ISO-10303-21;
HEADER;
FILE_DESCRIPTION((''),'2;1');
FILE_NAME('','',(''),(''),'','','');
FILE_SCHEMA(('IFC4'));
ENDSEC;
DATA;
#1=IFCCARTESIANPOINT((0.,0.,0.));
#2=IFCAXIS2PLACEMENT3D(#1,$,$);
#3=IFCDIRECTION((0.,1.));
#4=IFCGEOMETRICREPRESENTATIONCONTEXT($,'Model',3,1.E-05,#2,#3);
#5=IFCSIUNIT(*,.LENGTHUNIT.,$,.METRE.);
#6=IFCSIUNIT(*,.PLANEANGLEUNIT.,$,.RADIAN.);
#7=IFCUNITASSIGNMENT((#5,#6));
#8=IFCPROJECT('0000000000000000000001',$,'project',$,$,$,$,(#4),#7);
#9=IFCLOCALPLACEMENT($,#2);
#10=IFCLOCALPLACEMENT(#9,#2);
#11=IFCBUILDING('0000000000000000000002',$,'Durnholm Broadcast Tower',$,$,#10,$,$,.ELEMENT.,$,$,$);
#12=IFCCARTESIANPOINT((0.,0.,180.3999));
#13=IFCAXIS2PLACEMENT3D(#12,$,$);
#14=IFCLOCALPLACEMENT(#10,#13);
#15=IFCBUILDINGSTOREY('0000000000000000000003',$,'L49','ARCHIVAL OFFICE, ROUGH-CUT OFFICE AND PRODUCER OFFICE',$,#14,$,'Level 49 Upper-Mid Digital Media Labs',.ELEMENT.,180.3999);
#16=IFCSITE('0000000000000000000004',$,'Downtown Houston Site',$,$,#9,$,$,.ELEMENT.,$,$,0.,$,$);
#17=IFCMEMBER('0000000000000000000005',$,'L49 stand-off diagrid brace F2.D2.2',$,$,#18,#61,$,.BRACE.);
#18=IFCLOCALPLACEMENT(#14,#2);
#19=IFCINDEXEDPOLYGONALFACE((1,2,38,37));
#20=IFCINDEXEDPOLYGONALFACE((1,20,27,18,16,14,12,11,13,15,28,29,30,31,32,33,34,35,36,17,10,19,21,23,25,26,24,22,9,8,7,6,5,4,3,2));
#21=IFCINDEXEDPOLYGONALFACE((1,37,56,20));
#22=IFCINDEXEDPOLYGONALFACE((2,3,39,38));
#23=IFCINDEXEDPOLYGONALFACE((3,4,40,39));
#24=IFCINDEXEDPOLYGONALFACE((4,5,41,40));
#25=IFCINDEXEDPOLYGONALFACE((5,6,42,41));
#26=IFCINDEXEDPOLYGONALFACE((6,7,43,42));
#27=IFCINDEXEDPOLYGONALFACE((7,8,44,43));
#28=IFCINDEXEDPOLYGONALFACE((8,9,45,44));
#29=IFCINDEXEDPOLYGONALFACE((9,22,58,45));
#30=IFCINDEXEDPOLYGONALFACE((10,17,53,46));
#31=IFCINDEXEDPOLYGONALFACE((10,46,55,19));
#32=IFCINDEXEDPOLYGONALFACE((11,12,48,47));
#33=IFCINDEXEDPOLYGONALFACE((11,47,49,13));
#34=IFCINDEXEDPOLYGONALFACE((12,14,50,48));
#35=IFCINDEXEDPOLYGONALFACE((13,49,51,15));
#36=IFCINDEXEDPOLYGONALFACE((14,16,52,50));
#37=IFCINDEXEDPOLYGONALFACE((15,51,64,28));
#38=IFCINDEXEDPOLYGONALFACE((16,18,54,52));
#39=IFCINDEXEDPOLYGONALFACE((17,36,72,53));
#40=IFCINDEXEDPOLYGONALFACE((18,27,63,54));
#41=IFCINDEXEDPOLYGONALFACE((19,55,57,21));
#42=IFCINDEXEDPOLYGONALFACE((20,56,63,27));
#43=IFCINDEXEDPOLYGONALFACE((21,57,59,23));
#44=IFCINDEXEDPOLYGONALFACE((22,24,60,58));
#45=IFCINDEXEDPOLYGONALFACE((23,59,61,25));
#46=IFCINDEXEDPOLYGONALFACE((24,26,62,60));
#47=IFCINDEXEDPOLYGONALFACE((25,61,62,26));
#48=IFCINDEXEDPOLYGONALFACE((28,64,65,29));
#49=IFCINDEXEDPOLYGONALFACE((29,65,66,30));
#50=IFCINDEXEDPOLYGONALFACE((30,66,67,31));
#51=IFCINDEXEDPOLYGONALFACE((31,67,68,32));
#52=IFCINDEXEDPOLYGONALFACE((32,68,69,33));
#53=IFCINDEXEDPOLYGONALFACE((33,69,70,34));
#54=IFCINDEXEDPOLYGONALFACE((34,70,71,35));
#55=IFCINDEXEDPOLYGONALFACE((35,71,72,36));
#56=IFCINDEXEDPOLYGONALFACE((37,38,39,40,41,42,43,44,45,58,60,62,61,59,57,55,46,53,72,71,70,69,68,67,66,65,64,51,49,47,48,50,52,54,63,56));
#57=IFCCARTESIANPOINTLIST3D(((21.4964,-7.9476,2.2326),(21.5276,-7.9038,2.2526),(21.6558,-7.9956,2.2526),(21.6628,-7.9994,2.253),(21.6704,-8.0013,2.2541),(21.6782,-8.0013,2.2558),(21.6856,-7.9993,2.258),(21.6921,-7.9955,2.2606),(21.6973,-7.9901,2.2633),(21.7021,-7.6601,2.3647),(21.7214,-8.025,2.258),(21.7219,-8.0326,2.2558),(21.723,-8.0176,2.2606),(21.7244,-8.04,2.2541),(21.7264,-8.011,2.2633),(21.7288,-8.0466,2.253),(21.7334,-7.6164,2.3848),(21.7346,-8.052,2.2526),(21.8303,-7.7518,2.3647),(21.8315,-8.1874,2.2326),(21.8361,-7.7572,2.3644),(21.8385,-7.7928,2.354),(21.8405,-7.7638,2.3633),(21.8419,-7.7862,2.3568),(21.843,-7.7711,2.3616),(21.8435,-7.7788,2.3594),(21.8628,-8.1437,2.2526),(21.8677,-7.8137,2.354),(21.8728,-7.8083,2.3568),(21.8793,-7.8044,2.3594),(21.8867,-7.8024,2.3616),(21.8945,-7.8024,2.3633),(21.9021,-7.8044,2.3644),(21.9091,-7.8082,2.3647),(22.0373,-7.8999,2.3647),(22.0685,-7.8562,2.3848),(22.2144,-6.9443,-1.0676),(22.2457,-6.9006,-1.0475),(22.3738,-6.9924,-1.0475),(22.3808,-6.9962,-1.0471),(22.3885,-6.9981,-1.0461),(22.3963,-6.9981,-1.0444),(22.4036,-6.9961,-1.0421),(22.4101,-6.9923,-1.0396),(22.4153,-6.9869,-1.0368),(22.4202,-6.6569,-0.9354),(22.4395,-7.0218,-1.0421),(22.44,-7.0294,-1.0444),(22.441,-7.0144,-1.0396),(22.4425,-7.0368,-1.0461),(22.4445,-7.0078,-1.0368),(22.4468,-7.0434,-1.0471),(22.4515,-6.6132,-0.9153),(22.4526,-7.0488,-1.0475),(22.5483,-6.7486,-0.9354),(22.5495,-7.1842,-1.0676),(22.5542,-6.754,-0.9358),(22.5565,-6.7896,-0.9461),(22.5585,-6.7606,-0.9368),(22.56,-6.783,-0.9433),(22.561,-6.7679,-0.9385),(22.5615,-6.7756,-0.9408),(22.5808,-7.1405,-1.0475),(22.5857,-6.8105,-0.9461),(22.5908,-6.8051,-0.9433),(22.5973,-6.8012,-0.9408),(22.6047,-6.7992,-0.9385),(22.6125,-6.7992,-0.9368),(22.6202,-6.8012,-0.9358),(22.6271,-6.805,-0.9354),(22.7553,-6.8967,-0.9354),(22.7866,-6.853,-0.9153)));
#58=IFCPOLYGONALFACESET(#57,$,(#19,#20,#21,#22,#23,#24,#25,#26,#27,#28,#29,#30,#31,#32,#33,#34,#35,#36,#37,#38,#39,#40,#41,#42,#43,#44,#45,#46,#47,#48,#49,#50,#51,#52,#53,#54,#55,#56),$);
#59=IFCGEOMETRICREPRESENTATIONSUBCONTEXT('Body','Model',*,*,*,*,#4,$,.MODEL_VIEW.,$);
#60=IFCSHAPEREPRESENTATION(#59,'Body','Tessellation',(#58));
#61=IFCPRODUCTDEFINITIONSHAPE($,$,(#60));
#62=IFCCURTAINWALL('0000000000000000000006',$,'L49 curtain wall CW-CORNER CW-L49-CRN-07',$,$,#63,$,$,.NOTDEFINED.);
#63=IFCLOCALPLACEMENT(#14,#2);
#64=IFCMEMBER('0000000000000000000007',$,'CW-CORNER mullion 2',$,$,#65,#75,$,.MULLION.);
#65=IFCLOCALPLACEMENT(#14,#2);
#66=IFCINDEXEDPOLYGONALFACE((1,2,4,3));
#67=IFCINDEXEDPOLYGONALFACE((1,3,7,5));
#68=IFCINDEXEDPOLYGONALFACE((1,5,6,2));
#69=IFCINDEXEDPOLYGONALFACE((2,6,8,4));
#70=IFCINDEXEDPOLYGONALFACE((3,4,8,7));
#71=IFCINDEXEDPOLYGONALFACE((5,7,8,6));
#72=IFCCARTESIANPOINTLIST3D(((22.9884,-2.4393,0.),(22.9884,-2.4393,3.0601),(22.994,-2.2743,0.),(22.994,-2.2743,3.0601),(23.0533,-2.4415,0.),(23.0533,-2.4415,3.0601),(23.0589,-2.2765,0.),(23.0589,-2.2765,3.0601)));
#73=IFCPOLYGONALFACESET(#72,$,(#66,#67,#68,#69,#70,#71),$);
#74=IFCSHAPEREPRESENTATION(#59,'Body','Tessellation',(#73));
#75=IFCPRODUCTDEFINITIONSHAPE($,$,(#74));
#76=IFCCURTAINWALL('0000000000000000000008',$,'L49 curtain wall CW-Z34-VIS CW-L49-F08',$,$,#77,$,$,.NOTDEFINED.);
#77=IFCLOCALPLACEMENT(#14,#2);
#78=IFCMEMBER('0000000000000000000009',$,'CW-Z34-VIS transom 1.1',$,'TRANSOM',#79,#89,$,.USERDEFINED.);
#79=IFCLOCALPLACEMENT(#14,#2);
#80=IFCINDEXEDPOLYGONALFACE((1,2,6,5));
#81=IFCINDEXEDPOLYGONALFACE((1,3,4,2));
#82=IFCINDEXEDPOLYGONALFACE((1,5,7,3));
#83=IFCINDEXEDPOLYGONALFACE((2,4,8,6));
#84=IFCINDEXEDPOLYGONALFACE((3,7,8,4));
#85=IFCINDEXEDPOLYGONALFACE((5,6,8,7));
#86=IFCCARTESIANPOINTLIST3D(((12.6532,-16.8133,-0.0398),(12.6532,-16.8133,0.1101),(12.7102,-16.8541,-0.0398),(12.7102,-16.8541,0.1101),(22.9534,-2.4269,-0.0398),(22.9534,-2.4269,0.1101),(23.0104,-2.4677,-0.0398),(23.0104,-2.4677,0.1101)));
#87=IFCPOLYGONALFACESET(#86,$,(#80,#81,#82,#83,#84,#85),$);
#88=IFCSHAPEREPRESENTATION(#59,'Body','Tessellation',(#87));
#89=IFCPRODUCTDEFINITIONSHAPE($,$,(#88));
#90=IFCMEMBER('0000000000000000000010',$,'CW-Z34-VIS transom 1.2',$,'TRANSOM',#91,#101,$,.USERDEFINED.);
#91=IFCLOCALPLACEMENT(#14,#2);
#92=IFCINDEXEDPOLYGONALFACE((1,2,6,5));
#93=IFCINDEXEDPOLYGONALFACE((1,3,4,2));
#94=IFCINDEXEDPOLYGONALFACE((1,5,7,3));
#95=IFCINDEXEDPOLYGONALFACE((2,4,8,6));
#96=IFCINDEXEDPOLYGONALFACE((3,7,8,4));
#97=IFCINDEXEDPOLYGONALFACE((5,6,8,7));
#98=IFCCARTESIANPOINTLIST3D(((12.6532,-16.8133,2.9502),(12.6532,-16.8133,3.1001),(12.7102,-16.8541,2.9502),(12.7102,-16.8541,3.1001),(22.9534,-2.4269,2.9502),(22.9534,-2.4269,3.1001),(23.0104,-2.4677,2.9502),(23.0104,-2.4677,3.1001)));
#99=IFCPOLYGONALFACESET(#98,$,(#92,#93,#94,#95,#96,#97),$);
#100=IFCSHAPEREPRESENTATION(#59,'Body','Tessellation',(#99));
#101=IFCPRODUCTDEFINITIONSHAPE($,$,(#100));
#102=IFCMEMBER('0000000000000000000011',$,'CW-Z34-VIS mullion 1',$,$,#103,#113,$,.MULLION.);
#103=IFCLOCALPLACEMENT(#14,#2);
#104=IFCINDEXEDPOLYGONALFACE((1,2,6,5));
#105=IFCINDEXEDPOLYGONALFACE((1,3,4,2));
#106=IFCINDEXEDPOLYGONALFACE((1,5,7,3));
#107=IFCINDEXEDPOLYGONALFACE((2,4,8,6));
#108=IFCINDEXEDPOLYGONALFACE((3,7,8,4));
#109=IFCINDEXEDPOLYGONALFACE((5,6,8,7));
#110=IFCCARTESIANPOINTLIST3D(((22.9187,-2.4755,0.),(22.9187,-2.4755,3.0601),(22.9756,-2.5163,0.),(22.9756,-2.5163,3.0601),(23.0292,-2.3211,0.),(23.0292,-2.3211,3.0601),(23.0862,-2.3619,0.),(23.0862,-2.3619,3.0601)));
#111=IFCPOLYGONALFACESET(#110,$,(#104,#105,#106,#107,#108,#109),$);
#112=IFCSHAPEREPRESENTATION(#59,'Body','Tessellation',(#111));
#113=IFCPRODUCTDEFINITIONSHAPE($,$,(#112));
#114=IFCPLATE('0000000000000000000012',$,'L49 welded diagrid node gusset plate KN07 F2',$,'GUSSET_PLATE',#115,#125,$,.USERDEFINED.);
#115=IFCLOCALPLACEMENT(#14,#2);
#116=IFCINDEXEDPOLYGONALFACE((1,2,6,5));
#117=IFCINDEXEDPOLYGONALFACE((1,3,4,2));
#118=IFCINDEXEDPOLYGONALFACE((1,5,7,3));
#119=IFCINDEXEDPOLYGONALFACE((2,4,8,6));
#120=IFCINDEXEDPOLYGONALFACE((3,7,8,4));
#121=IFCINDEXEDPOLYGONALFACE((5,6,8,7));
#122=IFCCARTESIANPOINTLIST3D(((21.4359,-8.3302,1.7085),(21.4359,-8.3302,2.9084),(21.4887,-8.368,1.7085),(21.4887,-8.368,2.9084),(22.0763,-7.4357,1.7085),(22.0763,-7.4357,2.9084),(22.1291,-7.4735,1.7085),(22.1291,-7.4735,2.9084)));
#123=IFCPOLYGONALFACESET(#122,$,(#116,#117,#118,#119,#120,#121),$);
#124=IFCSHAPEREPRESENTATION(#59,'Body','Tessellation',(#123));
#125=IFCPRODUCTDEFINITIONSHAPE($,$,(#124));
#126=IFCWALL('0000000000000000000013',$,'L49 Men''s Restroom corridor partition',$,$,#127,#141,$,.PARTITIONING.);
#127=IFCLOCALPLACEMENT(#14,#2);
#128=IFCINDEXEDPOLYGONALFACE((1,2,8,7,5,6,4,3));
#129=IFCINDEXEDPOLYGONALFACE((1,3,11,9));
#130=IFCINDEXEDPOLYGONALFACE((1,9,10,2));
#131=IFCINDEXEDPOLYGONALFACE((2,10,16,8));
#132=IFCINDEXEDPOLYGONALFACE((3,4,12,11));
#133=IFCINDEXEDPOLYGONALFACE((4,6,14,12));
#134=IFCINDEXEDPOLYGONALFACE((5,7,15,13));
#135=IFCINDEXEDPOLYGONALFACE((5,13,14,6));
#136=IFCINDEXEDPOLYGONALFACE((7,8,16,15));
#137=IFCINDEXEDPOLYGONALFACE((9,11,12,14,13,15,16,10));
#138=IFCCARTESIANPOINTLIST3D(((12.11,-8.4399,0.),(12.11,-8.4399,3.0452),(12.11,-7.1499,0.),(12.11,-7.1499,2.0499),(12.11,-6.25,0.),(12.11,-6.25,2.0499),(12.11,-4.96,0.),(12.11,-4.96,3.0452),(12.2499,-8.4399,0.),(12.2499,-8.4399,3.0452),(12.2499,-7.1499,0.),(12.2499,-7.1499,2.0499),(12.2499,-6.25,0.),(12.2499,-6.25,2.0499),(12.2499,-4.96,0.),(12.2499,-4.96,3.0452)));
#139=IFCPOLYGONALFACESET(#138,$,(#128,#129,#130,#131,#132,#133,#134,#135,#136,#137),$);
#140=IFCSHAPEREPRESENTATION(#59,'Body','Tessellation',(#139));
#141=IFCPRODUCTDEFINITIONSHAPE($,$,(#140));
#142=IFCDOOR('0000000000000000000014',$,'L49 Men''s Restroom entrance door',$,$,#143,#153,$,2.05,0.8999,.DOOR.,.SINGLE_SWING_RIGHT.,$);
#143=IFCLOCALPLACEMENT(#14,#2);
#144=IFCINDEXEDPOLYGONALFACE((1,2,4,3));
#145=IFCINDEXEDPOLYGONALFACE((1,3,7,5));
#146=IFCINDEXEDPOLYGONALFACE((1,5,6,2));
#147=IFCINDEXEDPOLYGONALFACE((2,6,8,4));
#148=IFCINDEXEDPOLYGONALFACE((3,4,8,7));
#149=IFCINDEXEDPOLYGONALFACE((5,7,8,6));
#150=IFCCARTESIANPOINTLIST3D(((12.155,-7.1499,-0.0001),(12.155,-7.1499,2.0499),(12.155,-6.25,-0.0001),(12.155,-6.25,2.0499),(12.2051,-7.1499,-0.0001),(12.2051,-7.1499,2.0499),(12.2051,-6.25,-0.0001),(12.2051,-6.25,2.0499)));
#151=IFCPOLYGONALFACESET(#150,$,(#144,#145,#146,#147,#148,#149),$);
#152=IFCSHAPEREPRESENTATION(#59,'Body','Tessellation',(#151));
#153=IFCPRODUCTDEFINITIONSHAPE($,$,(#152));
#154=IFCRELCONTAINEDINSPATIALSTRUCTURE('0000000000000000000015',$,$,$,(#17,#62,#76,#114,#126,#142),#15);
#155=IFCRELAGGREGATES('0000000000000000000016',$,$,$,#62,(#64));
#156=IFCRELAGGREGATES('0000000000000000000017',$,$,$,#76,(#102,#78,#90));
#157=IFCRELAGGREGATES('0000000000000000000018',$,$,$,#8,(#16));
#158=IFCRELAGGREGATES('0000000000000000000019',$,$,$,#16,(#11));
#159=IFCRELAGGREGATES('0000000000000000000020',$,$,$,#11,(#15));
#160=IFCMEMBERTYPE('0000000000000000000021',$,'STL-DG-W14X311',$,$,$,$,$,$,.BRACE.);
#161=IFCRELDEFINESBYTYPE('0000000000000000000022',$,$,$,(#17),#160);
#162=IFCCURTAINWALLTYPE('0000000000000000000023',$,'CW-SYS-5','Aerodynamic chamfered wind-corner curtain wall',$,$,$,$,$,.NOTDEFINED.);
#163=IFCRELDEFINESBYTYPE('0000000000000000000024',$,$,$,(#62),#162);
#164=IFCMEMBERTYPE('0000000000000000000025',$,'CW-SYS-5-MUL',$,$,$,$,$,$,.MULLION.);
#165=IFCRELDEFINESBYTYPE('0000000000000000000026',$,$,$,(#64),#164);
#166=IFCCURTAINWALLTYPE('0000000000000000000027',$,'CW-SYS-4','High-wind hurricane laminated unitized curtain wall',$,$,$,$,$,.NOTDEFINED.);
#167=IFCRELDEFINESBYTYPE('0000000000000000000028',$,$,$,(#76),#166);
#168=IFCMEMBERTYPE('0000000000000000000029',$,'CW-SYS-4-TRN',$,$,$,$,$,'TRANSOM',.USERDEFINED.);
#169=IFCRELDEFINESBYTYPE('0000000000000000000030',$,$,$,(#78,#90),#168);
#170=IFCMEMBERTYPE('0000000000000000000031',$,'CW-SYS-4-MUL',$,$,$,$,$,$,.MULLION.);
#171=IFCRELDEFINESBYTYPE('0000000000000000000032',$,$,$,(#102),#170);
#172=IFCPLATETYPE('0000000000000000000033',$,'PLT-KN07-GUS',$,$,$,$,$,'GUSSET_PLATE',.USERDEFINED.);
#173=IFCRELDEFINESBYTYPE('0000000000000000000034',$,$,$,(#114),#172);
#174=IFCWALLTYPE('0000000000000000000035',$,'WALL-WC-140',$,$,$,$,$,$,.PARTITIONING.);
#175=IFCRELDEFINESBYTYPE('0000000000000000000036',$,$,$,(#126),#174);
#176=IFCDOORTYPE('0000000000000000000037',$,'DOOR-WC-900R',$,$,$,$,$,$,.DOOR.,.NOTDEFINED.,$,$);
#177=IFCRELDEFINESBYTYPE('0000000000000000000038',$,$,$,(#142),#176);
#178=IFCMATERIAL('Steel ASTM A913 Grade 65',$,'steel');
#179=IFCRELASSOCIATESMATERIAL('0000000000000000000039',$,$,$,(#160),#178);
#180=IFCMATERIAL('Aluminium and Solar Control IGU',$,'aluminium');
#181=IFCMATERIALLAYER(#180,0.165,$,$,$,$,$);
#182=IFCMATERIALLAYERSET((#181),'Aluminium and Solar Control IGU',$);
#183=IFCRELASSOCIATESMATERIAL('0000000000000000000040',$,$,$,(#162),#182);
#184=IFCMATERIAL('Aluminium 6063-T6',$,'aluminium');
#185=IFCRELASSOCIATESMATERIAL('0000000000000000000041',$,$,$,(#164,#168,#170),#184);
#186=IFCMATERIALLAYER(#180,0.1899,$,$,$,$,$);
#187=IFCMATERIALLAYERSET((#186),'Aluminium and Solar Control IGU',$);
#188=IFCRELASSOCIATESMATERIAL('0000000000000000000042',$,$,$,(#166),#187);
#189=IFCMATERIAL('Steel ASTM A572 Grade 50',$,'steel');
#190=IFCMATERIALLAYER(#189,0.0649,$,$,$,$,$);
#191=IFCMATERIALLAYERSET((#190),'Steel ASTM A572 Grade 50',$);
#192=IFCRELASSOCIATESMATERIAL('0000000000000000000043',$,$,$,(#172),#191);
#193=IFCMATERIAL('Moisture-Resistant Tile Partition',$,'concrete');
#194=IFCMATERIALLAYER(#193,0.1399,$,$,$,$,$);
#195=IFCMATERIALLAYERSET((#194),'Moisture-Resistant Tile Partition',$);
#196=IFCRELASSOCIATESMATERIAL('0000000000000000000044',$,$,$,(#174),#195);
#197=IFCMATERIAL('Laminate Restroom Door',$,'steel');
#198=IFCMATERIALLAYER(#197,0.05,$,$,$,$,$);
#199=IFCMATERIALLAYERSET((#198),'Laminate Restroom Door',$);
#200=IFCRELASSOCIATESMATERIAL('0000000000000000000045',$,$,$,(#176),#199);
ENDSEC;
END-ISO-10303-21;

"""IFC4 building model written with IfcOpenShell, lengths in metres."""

from ifc_helpers import new_model, si_unit, direction, frame, frame_2d, origin, origin_2d, place, context, subcontext, project, spatial, rectangle, i_section, extrude, source, transform, mapped, material, layer, layer_set, material_profile, profile_set, type_object, type_shapes, element, fill, aggregate, save


model = new_model("IFC4")

# Units and contexts
model_context = context("Model", 3, precision=1e-05, world=origin(), true_north=direction((0.0, 1.0)))
body_context = subcontext(model_context, "Body", "Model", "MODEL_VIEW")
ifc_project = project(units=[si_unit("LENGTHUNIT", "METRE"), si_unit("PLANEANGLEUNIT", "RADIAN")], contexts=[model_context])

# Site, building, storey
site_placement = place(None, origin())
site = spatial("IfcSite", under=ifc_project, at=site_placement, Name="Downtown Houston Site", CompositionType="ELEMENT", RefElevation=0.0)
building_placement = place(site_placement, origin())
building = spatial("IfcBuilding", under=site, at=building_placement, Name="Durnholm Broadcast Tower", CompositionType="ELEMENT")
storey_placement = place(building_placement, frame((0.0, 0.0, 180.3999)))
storey = spatial("IfcBuildingStorey", under=building, at=storey_placement, Name="L49", Description="ARCHIVAL OFFICE, ROUGH-CUT OFFICE AND PRODUCER OFFICE", LongName="Level 49 Upper-Mid Digital Media Labs", CompositionType="ELEMENT", Elevation=180.3999)

# Member
ifc_material_1 = material(Name="Steel ASTM A913 Grade 65", Category="steel")
ifc_material_profile_1 = material_profile(ifc_material_1, i_section(OverallWidth=0.4121, OverallDepth=0.4348, WebThickness=0.0359, FlangeThickness=0.0574, FilletRadius=0.0305, at=origin_2d()), Name="W14X311")
ifc_profile_set_1 = profile_set([ifc_material_profile_1], Name="Steel ASTM A913 Grade 65")
member_type_1 = type_object("IfcMemberType", Name="STL-DG-W14X311", PredefinedType="BRACE", material=ifc_profile_set_1)
shared_shape_1 = source(origin(), body_context, "Body", "SweptSolid", [
    extrude(i_section(OverallWidth=0.4121, OverallDepth=0.4348, WebThickness=0.0359, FlangeThickness=0.0574, FilletRadius=0.0305, at=origin_2d()), origin(), (0.0, 0.0, 1.0), 3.5232),
])
type_shapes(member_type_1, [shared_shape_1])
for number, where, z_axis, x_axis, name in (
    (1, (22.5005, -6.8987, -0.9915), (-0.203803, -0.284742, 0.936689), (0.813171, -0.582024, 0.0), "L49 stand-off diagrid brace F2.D2.2"),
):
    element("IfcMember", number, at=place(storey_placement, frame(where, z_axis=z_axis, x_axis=x_axis)), inside=storey, type_object=member_type_1, Name=name, PredefinedType="BRACE", context=body_context, shape_type="MappedRepresentation", body=[
        mapped(shared_shape_1, transform((0.0, 0.0, 0.0), x_axis=(1.0, 0.0, 0.0), y_axis=(0.0, 1.0, 0.0), z_axis=(0.0, 0.0, 1.0), scale=1.0)),
    ])

# Curtain wall, member
ifc_material_2 = material(Name="Aluminium and Solar Control IGU", Category="aluminium")
ifc_layer_1 = layer(ifc_material_2, 0.165)
ifc_layer_set_1 = layer_set([ifc_layer_1], Name="Aluminium and Solar Control IGU")
curtain_wall_type_1 = type_object("IfcCurtainWallType", Name="CW-SYS-5", Description="Aerodynamic chamfered wind-corner curtain wall", PredefinedType="NOTDEFINED", material=ifc_layer_set_1)
curtain_wall_1_placement = place(storey_placement, origin())
curtain_wall_1 = element("IfcCurtainWall", 2, at=curtain_wall_1_placement, inside=storey, type_object=curtain_wall_type_1, Name="L49 curtain wall CW-CORNER CW-L49-CRN-07", PredefinedType="NOTDEFINED")
ifc_material_3 = material(Name="Aluminium 6063-T6", Category="aluminium")
ifc_material_profile_2 = material_profile(ifc_material_3, rectangle(XDim=0.0649, YDim=0.165, at=origin_2d()), Name="CWM65X165")
ifc_profile_set_2 = profile_set([ifc_material_profile_2], Name="Aluminium 6063-T6")
member_type_2 = type_object("IfcMemberType", Name="CW-SYS-5-MUL", PredefinedType="MULLION", material=ifc_profile_set_2)
shared_shape_2 = source(origin(), body_context, "Body", "SweptSolid", [
    extrude(rectangle(XDim=0.0649, YDim=0.165, at=origin_2d()), origin(), (0.0, 0.0, 1.0), 3.0601),
])
type_shapes(member_type_2, [shared_shape_2])
member_1_placement = place(storey_placement, frame((23.0237, -2.3579, 0.0), z_axis=(0.0, 0.0, 1.0), x_axis=(0.999425, -0.033913, 0.0)))
member_1 = element("IfcMember", 3, at=member_1_placement, type_object=member_type_2, Name="CW-CORNER mullion 2", PredefinedType="MULLION", context=body_context, shape_type="MappedRepresentation", body=[
    mapped(shared_shape_2, transform((0.0, 0.0, 0.0), x_axis=(1.0, 0.0, 0.0), y_axis=(0.0, 1.0, 0.0), z_axis=(0.0, 0.0, 1.0), scale=1.0)),
])
aggregate(curtain_wall_1, [member_1])

# Curtain wall, members
ifc_layer_2 = layer(ifc_material_2, 0.1899)
ifc_layer_set_2 = layer_set([ifc_layer_2], Name="Aluminium and Solar Control IGU")
curtain_wall_type_2 = type_object("IfcCurtainWallType", Name="CW-SYS-4", Description="High-wind hurricane laminated unitized curtain wall", PredefinedType="NOTDEFINED", material=ifc_layer_set_2)
curtain_wall_2_placement = place(storey_placement, origin())
curtain_wall_2 = element("IfcCurtainWall", 4, at=curtain_wall_2_placement, inside=storey, type_object=curtain_wall_type_2, Name="L49 curtain wall CW-Z34-VIS CW-L49-F08", PredefinedType="NOTDEFINED")
ifc_material_profile_3 = material_profile(ifc_material_3, rectangle(XDim=0.0701, YDim=0.1499, at=origin_2d()), Name="CWT70X150")
ifc_profile_set_3 = profile_set([ifc_material_profile_3], Name="Aluminium 6063-T6")
member_type_3 = type_object("IfcMemberType", Name="CW-SYS-4-TRN", ElementType="TRANSOM", PredefinedType="USERDEFINED", material=ifc_profile_set_3)
shared_shape_3 = source(origin(), body_context, "Body", "SweptSolid", [
    extrude(rectangle(XDim=0.0701, YDim=0.1499, at=origin_2d()), origin(), (0.0, 0.0, 1.0), 17.6936),
])
type_shapes(member_type_3, [shared_shape_3])
member_2_placement = place(storey_placement, frame((22.9819, -2.4473, 0.0352), z_axis=(-0.582145, -0.813085, 0.0), x_axis=(0.813085, -0.582145, 0.0)))
member_2 = element("IfcMember", 5, at=member_2_placement, type_object=member_type_3, Name="CW-Z34-VIS transom 1.1", ObjectType="TRANSOM", PredefinedType="USERDEFINED", context=body_context, shape_type="MappedRepresentation", body=[
    mapped(shared_shape_3, transform((0.0, 0.0, 0.0), x_axis=(1.0, 0.0, 0.0), y_axis=(0.0, 1.0, 0.0), z_axis=(0.0, 0.0, 1.0), scale=1.0)),
])
member_3_placement = place(storey_placement, frame((22.9819, -2.4473, 3.0251), z_axis=(-0.582145, -0.813085, 0.0), x_axis=(0.813085, -0.582145, 0.0)))
member_3 = element("IfcMember", 6, at=member_3_placement, type_object=member_type_3, Name="CW-Z34-VIS transom 1.2", ObjectType="TRANSOM", PredefinedType="USERDEFINED", context=body_context, shape_type="MappedRepresentation", body=[
    mapped(shared_shape_3, transform((0.0, 0.0, 0.0), x_axis=(1.0, 0.0, 0.0), y_axis=(0.0, 1.0, 0.0), z_axis=(0.0, 0.0, 1.0), scale=1.0)),
])
ifc_material_profile_4 = material_profile(ifc_material_3, rectangle(XDim=0.0701, YDim=0.1899, at=origin_2d()), Name="CWM70X190")
ifc_profile_set_4 = profile_set([ifc_material_profile_4], Name="Aluminium 6063-T6")
member_type_4 = type_object("IfcMemberType", Name="CW-SYS-4-MUL", PredefinedType="MULLION", material=ifc_profile_set_4)
shared_shape_4 = source(origin(), body_context, "Body", "SweptSolid", [
    extrude(rectangle(XDim=0.0701, YDim=0.1899, at=origin_2d()), origin(), (0.0, 0.0, 1.0), 3.0601),
])
type_shapes(member_type_4, [shared_shape_4])
member_4_placement = place(storey_placement, frame((23.0024, -2.4187, 0.0), z_axis=(0.0, 0.0, 1.0), x_axis=(0.813089, -0.582139, 0.0)))
member_4 = element("IfcMember", 7, at=member_4_placement, type_object=member_type_4, Name="CW-Z34-VIS mullion 1", PredefinedType="MULLION", context=body_context, shape_type="MappedRepresentation", body=[
    mapped(shared_shape_4, transform((0.0, 0.0, 0.0), x_axis=(1.0, 0.0, 0.0), y_axis=(0.0, 1.0, 0.0), z_axis=(0.0, 0.0, 1.0), scale=1.0)),
])
aggregate(curtain_wall_2, [member_4, member_2, member_3])

# Plate
ifc_material_4 = material(Name="Steel ASTM A572 Grade 50", Category="steel")
ifc_layer_3 = layer(ifc_material_4, 0.0649)
ifc_layer_set_3 = layer_set([ifc_layer_3], Name="Steel ASTM A572 Grade 50")
plate_type = type_object("IfcPlateType", Name="PLT-KN07-GUS", ElementType="GUSSET_PLATE", PredefinedType="USERDEFINED", material=ifc_layer_set_3)
shared_shape_5 = source(origin(), body_context, "Body", "SweptSolid", [
    extrude(rectangle(XDim=1.1001, YDim=0.0649, at=origin_2d()), origin(), (0.0, 0.0, 1.0), 1.2),
])
type_shapes(plate_type, [shared_shape_5])
plate_placement = place(storey_placement, frame((21.7825, -7.9019, 1.7085), z_axis=(0.0, 0.0, 1.0), x_axis=(0.582123, 0.813101, 0.0)))
element("IfcPlate", 8, at=plate_placement, inside=storey, type_object=plate_type, Name="L49 welded diagrid node gusset plate KN07 F2", ObjectType="GUSSET_PLATE", PredefinedType="USERDEFINED", context=body_context, shape_type="MappedRepresentation", body=[
    mapped(shared_shape_5, transform((0.0, 0.0, 0.0), x_axis=(1.0, 0.0, 0.0), y_axis=(0.0, 1.0, 0.0), z_axis=(0.0, 0.0, 1.0), scale=1.0)),
])

# Wall, opening, door
ifc_material_5 = material(Name="Moisture-Resistant Tile Partition", Category="concrete")
ifc_layer_4 = layer(ifc_material_5, 0.1399)
ifc_layer_set_4 = layer_set([ifc_layer_4], Name="Moisture-Resistant Tile Partition")
wall_type = type_object("IfcWallType", Name="WALL-WC-140", PredefinedType="PARTITIONING", material=ifc_layer_set_4)
wall_1_placement = place(storey_placement, frame((12.1799, -8.4399, 0.0), z_axis=(0.0, 0.0, 1.0), x_axis=(0.0, 1.0, 0.0)))
wall_1 = element("IfcWall", 9, at=wall_1_placement, inside=storey, type_object=wall_type, Name="L49 Men's Restroom corridor partition", PredefinedType="PARTITIONING", context=body_context, shape_type="SweptSolid", body=[
    extrude(rectangle(XDim=3.48, YDim=0.1399, at=frame_2d((1.74, 0.0))), origin(), (0.0, 0.0, 1.0), 3.0452),
])
opening_1_placement = place(wall_1_placement, frame((1.29, 0.0, 0.0)))
opening_1 = element("IfcOpeningElement", 10, at=opening_1_placement, cuts=wall_1, PredefinedType="OPENING", context=body_context, shape_type="SweptSolid", body=[
    extrude(rectangle(XDim=0.8999, YDim=2.05, at=frame_2d((0.45, 1.0249))), frame((0.0, 0.0801, 0.0), z_axis=(0.0, -1.0, 0.0), x_axis=(1.0, 0.0, 0.0)), (0.0, 0.0, 1.0), 0.1599),
])
ifc_material_6 = material(Name="Laminate Restroom Door", Category="steel")
ifc_layer_5 = layer(ifc_material_6, 0.05)
ifc_layer_set_5 = layer_set([ifc_layer_5], Name="Laminate Restroom Door")
door_type_1 = type_object("IfcDoorType", Name="DOOR-WC-900R", OperationType="NOTDEFINED", PredefinedType="DOOR", material=ifc_layer_set_5)
shared_shape_6 = source(origin(), body_context, "Body", "SweptSolid", [
    extrude(rectangle(XDim=0.8999, YDim=2.05, at=frame_2d((0.45, 1.0249))), frame((0.0, 0.0249, 0.0), z_axis=(0.0, -1.0, 0.0), x_axis=(1.0, 0.0, 0.0)), (0.0, 0.0, 1.0), 0.05),
])
type_shapes(door_type_1, [shared_shape_6])
door_1_placement = place(opening_1_placement, origin())
door_1 = element("IfcDoor", 11, at=door_1_placement, inside=storey, type_object=door_type_1, Name="L49 Men's Restroom entrance door", OperationType="SINGLE_SWING_RIGHT", OverallHeight=2.05, OverallWidth=0.8999, PredefinedType="DOOR", context=body_context, shape_type="MappedRepresentation", body=[
    mapped(shared_shape_6, transform((0.0, 0.0, 0.0), x_axis=(1.0, 0.0, 0.0), y_axis=(0.0, 1.0, 0.0), z_axis=(0.0, 0.0, 1.0), scale=1.0)),
])
fill(opening_1, door_1)

save(model, "model.ifc")
